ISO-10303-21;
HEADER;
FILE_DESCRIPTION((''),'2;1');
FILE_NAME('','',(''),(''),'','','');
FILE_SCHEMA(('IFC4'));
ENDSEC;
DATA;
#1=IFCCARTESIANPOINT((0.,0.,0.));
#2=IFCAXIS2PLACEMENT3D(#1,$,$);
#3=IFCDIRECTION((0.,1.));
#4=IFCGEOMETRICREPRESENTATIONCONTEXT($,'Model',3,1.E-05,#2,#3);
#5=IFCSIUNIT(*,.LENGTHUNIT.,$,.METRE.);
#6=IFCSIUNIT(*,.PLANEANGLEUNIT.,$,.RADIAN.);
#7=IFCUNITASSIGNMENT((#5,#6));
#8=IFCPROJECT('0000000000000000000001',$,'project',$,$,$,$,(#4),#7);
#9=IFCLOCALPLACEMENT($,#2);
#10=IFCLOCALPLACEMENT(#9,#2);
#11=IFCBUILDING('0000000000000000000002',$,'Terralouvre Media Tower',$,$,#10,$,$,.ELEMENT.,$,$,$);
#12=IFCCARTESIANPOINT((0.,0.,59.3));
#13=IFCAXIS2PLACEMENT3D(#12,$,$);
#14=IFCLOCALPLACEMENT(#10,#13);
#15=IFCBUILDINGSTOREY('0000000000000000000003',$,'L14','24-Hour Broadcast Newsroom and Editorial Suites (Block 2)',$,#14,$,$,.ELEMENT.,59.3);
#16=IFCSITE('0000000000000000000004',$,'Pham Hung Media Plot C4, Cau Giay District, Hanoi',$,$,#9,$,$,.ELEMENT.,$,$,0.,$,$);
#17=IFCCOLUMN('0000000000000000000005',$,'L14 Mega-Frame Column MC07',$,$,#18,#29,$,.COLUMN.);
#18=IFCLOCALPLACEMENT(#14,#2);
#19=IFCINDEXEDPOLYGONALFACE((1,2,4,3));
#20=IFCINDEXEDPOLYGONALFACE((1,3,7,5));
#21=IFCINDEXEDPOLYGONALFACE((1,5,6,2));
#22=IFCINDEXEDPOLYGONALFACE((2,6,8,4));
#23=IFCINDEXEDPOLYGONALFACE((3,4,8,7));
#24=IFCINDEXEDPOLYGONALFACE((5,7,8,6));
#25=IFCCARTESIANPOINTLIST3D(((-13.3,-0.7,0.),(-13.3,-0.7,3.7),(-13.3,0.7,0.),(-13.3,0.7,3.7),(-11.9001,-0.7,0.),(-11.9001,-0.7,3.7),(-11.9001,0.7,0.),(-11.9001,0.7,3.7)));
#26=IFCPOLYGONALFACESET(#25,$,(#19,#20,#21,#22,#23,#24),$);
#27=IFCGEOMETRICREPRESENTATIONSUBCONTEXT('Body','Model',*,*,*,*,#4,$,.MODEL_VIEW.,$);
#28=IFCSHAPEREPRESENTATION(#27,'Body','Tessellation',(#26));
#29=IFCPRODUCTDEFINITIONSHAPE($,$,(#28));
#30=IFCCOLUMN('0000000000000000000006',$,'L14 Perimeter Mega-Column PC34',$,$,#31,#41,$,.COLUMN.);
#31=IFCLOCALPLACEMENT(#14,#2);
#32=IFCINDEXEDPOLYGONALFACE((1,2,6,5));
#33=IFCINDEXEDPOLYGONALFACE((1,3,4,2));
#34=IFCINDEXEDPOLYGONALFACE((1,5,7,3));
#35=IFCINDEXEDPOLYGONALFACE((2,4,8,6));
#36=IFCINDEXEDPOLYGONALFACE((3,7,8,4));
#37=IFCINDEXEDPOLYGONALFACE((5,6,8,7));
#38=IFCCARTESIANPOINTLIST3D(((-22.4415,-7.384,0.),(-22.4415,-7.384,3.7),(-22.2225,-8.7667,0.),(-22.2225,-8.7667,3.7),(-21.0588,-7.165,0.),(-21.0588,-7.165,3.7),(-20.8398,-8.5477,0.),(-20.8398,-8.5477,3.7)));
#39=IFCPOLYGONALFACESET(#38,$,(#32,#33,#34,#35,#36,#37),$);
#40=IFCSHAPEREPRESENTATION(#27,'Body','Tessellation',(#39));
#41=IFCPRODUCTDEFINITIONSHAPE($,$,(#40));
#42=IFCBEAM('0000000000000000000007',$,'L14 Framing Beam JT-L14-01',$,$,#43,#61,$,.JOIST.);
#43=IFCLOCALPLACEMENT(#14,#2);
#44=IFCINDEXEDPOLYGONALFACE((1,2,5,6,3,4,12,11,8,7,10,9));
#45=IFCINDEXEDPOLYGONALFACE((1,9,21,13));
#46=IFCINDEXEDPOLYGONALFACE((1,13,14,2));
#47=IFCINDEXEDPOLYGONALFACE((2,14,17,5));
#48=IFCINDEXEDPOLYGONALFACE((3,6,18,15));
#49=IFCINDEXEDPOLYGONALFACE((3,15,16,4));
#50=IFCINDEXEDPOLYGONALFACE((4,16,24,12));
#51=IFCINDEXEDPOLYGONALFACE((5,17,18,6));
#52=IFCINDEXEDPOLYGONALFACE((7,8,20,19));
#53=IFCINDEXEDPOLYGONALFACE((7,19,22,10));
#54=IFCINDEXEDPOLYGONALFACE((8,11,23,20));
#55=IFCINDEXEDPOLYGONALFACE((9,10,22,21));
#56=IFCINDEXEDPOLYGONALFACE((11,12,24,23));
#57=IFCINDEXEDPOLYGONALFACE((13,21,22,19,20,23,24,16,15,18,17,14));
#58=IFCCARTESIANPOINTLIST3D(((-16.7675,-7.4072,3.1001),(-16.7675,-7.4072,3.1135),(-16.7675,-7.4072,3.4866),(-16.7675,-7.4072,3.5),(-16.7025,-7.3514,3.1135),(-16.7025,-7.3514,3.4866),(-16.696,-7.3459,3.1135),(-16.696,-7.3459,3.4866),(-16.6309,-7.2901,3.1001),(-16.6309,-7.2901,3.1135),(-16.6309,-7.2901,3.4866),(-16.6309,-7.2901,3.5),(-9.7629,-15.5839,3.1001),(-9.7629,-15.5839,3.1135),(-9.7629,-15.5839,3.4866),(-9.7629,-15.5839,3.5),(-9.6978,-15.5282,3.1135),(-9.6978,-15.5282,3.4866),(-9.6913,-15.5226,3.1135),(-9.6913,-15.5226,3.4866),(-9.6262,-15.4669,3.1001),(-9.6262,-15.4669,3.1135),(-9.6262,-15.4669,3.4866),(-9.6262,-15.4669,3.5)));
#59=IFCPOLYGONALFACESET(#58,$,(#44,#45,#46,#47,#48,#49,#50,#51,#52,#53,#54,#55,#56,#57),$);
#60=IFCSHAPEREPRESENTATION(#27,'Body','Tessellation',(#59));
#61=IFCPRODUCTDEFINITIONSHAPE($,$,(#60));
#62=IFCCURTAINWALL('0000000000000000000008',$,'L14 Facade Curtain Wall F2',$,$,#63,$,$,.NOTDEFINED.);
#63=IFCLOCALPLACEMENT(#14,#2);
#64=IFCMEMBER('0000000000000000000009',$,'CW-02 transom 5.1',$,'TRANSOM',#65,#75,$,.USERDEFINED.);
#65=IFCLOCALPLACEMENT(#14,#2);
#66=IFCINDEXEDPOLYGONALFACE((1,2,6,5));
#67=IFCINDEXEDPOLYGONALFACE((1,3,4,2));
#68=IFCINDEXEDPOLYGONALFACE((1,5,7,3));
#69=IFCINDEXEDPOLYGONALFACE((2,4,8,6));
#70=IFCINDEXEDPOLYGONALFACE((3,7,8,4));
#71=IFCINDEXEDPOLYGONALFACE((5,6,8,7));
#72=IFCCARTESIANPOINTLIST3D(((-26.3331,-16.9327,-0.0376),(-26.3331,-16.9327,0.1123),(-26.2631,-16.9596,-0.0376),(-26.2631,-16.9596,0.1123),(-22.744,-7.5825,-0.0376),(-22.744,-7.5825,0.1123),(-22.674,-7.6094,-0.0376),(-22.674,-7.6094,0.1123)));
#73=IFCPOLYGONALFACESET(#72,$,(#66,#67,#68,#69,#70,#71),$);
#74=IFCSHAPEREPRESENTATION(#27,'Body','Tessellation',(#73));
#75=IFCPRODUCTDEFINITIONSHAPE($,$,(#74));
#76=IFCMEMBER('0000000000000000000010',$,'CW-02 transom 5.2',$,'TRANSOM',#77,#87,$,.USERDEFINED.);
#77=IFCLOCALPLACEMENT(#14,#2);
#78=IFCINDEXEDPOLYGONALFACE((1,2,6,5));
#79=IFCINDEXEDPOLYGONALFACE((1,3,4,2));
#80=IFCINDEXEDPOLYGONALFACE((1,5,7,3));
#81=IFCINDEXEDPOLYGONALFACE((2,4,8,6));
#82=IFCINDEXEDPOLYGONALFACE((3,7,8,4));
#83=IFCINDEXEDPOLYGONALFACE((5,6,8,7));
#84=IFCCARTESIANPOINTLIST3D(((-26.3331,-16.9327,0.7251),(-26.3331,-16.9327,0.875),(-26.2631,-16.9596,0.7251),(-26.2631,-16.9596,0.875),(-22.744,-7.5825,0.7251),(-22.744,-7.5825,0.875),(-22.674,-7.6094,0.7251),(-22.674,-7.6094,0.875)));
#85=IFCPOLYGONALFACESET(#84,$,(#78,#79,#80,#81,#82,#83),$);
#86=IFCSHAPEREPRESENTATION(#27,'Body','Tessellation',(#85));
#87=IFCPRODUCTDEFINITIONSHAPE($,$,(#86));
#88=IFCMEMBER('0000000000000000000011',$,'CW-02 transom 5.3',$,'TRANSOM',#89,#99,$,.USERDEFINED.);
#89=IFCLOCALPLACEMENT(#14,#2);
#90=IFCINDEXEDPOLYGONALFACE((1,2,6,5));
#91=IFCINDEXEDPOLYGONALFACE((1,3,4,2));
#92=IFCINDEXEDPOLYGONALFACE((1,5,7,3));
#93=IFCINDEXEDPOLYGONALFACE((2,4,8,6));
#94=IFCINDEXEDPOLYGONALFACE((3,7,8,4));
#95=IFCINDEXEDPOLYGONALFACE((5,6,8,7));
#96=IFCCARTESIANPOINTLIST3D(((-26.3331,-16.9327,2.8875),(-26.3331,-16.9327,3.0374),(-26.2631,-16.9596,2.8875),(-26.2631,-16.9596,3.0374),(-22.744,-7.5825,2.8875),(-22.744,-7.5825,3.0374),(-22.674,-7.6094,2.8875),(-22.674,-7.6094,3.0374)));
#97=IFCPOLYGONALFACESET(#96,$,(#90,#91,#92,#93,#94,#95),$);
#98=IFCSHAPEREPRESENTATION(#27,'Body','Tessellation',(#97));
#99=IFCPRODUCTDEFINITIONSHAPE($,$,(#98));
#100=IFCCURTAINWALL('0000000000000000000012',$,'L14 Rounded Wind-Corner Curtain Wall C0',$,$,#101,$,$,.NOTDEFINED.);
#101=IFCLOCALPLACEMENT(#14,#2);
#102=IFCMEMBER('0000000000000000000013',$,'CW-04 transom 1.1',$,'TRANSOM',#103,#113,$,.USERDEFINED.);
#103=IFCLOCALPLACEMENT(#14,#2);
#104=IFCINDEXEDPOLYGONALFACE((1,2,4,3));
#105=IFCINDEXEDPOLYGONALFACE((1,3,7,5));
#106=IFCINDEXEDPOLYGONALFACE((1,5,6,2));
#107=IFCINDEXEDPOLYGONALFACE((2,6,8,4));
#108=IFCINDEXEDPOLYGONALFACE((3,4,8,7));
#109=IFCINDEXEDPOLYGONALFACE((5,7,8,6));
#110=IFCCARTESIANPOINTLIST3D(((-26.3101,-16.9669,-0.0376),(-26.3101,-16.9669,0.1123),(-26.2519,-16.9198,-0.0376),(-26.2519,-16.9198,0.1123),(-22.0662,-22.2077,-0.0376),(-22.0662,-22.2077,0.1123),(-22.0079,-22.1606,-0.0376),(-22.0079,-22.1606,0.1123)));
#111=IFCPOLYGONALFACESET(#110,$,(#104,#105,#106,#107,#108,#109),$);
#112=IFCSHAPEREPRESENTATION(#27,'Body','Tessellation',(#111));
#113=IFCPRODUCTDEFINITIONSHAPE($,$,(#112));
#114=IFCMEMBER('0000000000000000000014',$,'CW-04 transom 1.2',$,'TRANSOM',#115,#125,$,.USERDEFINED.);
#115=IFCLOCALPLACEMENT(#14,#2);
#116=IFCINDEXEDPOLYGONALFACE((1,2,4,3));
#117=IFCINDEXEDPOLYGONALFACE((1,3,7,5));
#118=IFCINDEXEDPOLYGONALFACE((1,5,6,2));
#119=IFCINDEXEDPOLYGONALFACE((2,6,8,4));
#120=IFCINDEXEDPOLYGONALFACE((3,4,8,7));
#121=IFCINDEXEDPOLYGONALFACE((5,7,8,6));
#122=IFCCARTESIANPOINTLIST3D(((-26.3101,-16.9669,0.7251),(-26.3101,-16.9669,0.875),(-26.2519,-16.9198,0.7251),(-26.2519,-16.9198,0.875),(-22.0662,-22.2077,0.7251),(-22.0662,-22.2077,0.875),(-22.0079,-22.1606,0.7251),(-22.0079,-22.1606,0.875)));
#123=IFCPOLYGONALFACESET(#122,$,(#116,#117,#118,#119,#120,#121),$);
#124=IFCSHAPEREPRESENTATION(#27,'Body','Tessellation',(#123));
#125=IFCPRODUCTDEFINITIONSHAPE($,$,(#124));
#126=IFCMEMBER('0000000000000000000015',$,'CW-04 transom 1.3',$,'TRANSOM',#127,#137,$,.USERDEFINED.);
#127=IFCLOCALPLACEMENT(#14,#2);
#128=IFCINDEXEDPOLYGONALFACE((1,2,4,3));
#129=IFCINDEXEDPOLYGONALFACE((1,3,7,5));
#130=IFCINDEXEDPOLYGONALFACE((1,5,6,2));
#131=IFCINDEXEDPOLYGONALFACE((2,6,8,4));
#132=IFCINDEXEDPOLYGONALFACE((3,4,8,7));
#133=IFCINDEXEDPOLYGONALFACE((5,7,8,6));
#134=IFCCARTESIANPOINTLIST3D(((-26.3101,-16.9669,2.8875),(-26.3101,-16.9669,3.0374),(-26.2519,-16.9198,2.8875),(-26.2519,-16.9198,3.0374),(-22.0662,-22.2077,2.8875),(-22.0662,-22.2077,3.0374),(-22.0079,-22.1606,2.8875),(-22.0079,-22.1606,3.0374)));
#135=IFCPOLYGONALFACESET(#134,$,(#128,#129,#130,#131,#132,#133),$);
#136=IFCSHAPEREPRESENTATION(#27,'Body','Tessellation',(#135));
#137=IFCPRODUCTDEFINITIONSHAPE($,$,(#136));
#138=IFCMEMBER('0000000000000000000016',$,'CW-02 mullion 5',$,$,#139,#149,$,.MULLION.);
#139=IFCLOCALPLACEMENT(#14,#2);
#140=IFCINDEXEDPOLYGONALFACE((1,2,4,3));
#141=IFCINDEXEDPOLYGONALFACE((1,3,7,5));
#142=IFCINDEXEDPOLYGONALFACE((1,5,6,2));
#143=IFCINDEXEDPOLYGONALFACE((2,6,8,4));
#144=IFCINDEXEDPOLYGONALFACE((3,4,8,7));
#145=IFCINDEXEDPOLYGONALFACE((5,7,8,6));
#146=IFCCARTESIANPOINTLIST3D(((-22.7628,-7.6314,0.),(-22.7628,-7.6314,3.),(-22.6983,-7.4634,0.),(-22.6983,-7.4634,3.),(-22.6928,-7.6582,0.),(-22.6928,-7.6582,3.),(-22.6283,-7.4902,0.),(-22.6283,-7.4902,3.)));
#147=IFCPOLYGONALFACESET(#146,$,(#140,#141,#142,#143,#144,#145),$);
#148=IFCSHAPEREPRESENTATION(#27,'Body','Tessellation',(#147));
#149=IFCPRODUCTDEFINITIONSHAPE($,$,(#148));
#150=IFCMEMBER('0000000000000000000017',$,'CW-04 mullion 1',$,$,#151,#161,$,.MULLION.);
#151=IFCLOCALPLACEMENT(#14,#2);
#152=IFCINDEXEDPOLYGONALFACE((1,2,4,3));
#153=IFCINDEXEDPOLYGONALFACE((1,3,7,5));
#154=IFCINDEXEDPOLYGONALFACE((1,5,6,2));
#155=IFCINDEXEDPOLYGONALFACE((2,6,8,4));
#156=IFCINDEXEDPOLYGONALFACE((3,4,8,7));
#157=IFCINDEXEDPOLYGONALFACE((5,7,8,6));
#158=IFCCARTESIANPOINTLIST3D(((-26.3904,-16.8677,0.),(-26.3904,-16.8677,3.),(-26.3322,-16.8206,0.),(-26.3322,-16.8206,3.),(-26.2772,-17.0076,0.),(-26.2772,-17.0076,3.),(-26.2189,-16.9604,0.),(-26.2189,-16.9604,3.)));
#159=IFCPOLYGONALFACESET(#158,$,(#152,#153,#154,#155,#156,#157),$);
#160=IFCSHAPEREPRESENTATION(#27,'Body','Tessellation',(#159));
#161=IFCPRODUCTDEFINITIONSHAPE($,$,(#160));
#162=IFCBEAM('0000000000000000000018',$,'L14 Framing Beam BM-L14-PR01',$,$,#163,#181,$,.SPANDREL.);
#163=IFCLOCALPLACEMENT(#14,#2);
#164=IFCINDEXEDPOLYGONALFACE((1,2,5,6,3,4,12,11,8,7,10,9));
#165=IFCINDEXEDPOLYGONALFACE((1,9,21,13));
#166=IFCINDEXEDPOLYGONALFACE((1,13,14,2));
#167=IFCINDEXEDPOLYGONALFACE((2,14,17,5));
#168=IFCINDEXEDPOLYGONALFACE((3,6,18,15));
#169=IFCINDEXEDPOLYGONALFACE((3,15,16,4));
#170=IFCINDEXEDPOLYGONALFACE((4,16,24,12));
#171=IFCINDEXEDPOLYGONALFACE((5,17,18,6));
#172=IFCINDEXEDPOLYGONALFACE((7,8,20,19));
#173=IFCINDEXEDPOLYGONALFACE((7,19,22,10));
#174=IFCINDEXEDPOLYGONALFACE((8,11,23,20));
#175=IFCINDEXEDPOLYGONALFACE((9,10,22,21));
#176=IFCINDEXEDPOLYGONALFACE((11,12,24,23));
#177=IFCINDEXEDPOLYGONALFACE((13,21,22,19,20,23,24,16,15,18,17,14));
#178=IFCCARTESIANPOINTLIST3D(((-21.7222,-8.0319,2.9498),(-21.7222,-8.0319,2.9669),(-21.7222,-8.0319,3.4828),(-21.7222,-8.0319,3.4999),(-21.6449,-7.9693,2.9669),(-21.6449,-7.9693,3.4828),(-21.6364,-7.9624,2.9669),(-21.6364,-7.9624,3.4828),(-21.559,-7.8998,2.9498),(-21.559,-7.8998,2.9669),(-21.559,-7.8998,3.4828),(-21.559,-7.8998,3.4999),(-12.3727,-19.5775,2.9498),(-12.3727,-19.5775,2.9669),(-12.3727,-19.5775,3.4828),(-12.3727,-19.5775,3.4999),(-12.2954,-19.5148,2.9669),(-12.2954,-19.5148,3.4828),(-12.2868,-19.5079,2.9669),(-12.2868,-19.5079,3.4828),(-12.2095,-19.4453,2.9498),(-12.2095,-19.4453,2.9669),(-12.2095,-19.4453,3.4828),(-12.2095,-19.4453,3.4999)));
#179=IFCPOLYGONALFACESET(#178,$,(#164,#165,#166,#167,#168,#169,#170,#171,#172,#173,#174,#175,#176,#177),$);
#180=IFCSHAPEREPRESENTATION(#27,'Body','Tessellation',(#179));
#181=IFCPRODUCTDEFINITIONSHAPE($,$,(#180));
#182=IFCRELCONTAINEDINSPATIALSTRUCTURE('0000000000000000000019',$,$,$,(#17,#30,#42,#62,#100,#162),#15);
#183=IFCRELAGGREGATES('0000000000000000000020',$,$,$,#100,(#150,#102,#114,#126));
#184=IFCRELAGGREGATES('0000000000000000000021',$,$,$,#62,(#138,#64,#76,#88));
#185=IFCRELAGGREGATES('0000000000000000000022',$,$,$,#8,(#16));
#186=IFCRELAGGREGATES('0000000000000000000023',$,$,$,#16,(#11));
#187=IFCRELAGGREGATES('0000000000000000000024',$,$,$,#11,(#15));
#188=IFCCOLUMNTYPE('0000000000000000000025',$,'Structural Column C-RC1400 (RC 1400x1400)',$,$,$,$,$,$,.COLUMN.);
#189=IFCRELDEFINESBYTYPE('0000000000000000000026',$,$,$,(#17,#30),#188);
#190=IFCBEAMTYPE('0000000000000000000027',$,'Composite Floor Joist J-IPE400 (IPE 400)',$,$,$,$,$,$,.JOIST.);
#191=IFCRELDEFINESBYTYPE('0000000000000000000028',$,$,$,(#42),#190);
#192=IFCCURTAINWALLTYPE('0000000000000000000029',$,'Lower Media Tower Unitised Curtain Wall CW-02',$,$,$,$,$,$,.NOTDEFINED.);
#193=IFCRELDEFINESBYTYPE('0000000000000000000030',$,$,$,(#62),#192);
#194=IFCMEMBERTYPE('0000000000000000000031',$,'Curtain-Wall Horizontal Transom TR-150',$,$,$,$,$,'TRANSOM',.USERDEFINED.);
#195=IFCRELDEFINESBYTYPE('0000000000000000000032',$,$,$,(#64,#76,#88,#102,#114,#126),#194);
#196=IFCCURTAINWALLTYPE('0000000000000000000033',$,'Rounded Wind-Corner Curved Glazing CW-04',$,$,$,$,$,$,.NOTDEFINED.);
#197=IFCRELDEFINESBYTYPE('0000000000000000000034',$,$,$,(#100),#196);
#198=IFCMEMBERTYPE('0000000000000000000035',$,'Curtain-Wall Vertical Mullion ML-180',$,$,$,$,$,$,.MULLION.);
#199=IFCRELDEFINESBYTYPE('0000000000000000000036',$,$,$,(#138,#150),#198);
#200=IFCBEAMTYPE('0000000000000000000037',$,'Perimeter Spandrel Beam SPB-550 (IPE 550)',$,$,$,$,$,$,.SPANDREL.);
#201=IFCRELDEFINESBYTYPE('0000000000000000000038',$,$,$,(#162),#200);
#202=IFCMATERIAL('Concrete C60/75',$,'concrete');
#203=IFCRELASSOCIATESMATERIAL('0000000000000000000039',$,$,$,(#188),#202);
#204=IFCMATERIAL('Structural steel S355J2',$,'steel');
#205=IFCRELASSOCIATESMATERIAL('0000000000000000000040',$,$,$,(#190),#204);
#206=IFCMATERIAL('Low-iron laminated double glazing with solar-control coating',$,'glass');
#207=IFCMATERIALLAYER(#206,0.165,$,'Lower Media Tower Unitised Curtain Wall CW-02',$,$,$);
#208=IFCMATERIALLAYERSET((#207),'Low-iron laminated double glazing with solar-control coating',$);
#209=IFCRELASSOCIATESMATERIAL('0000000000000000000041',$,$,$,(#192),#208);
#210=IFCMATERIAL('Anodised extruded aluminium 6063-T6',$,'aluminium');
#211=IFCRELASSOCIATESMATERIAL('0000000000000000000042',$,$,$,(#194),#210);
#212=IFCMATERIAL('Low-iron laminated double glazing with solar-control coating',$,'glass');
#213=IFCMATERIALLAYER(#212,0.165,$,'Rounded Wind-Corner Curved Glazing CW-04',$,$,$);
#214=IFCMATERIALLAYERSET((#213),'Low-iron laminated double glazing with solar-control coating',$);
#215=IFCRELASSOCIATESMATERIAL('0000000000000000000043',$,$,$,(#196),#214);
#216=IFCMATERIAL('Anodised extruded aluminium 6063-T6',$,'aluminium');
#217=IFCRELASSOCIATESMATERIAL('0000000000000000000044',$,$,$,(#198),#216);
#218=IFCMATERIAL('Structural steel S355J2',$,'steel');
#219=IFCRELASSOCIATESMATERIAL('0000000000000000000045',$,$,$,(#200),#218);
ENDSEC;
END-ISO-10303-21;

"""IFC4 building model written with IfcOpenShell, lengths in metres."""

from ifc_helpers import new_model, si_unit, direction, frame, origin, origin_2d, place, context, subcontext, project, spatial, rectangle, i_section, extrude, material, layer, layer_set, material_profile, profile_set, type_object, element, aggregate, save


model = new_model("IFC4")

# Units and contexts
model_context = context("Model", 3, precision=1e-05, world=origin(), true_north=direction((0.0, 1.0)))
body_context = subcontext(model_context, "Body", "Model", "MODEL_VIEW")
ifc_project = project(units=[si_unit("LENGTHUNIT", "METRE"), si_unit("PLANEANGLEUNIT", "RADIAN")], contexts=[model_context])

# Site, building, storey
site_placement = place(None, origin())
site = spatial("IfcSite", under=ifc_project, at=site_placement, Name="Pham Hung Media Plot C4, Cau Giay District, Hanoi", CompositionType="ELEMENT", RefElevation=0.0)
building_placement = place(site_placement, origin())
building = spatial("IfcBuilding", under=site, at=building_placement, Name="Terralouvre Media Tower", CompositionType="ELEMENT")
storey_placement = place(building_placement, frame((0.0, 0.0, 59.3)))
storey = spatial("IfcBuildingStorey", under=building, at=storey_placement, Name="L14", Description="24-Hour Broadcast Newsroom and Editorial Suites (Block 2)", CompositionType="ELEMENT", Elevation=59.3)

# Columns
ifc_material_1 = material(Name="Concrete C60/75", Category="concrete")
ifc_material_profile_1 = material_profile(ifc_material_1, rectangle(XDim=1.3999, YDim=1.3999, at=origin_2d()), Name="RC 1400x1400")
ifc_profile_set_1 = profile_set([ifc_material_profile_1], Name="Concrete C60/75")
column_type = type_object("IfcColumnType", Name="Structural Column C-RC1400 (RC 1400x1400)", PredefinedType="COLUMN", material=ifc_profile_set_1)
for number, where, z_axis, x_axis, name in (
    (1, (-12.6001, 0.0, 0.0), (0.0, 0.0, 1.0), (1.0, 0.0, 0.0), "L14 Mega-Frame Column MC07"),
    (2, (-21.6406, -7.9658, 0.0), (0.0, 0.0, 1.0), (0.987688, 0.156434, 0.0), "L14 Perimeter Mega-Column PC34"),
):
    element("IfcColumn", number, at=place(storey_placement, frame(where, z_axis=z_axis, x_axis=x_axis)), inside=storey, type_object=column_type, Name=name, PredefinedType="COLUMN", context=body_context, shape_type="SweptSolid", body=[
        extrude(rectangle(XDim=1.3999, YDim=1.3999, at=origin_2d()), origin(), (0.0, 0.0, 1.0), 3.7),
    ])

# Beam
ifc_material_2 = material(Name="Structural steel S355J2", Category="steel")
ifc_material_profile_2 = material_profile(ifc_material_2, i_section(OverallWidth=0.1799, OverallDepth=0.3999, WebThickness=0.0085, FlangeThickness=0.0134, at=origin_2d()), Name="IPE 400")
ifc_profile_set_2 = profile_set([ifc_material_profile_2], Name="Structural steel S355J2")
beam_type_1 = type_object("IfcBeamType", Name="Composite Floor Joist J-IPE400 (IPE 400)", PredefinedType="JOIST", material=ifc_profile_set_2)
beam_1_placement = place(storey_placement, frame((-16.6992, -7.3486, 3.3), z_axis=(0.650577, -0.759441, 0.0), x_axis=(0.759441, 0.650577, 0.0)))
element("IfcBeam", 3, at=beam_1_placement, inside=storey, type_object=beam_type_1, Name="L14 Framing Beam JT-L14-01", PredefinedType="JOIST", context=body_context, shape_type="SweptSolid", body=[
    extrude(i_section(OverallWidth=0.1799, OverallDepth=0.3999, WebThickness=0.0085, FlangeThickness=0.0134, at=origin_2d()), origin(), (0.0, 0.0, 1.0), 10.7668),
])

# Curtain walls, members
ifc_material_3 = material(Name="Low-iron laminated double glazing with solar-control coating", Category="glass")
ifc_layer_1 = layer(ifc_material_3, 0.165, Name="Lower Media Tower Unitised Curtain Wall CW-02")
ifc_layer_set_1 = layer_set([ifc_layer_1], Name="Low-iron laminated double glazing with solar-control coating")
curtain_wall_type_1 = type_object("IfcCurtainWallType", Name="Lower Media Tower Unitised Curtain Wall CW-02", PredefinedType="NOTDEFINED", material=ifc_layer_set_1)
curtain_wall_1_placement = place(storey_placement, origin())
curtain_wall_1 = element("IfcCurtainWall", 4, at=curtain_wall_1_placement, inside=storey, type_object=curtain_wall_type_1, Name="L14 Facade Curtain Wall F2", PredefinedType="NOTDEFINED")
ifc_material_4 = material(Name="Anodised extruded aluminium 6063-T6", Category="aluminium")
ifc_material_profile_3 = material_profile(ifc_material_4, rectangle(XDim=0.075, YDim=0.1499, at=origin_2d()), Name="ALU 75x150")
ifc_profile_set_3 = profile_set([ifc_material_profile_3], Name="Anodised extruded aluminium 6063-T6")
member_type_1 = type_object("IfcMemberType", Name="Curtain-Wall Horizontal Transom TR-150", ElementType="TRANSOM", PredefinedType="USERDEFINED", material=ifc_profile_set_3)
member_1_placement = place(storey_placement, frame((-22.709, -7.5959, 0.0374), z_axis=(-0.358363, -0.933582, 0.0), x_axis=(0.933582, -0.358363, 0.0)))
member_1 = element("IfcMember", 5, at=member_1_placement, type_object=member_type_1, Name="CW-02 transom 5.1", ObjectType="TRANSOM", PredefinedType="USERDEFINED", context=body_context, shape_type="SweptSolid", body=[
    extrude(rectangle(XDim=0.075, YDim=0.1499, at=origin_2d()), origin(), (0.0, 0.0, 1.0), 10.0154),
])
member_2_placement = place(storey_placement, frame((-22.709, -7.5959, 0.8), z_axis=(-0.358363, -0.933582, 0.0), x_axis=(0.933582, -0.358363, 0.0)))
member_2 = element("IfcMember", 6, at=member_2_placement, type_object=member_type_1, Name="CW-02 transom 5.2", ObjectType="TRANSOM", PredefinedType="USERDEFINED", context=body_context, shape_type="SweptSolid", body=[
    extrude(rectangle(XDim=0.075, YDim=0.1499, at=origin_2d()), origin(), (0.0, 0.0, 1.0), 10.0154),
])
member_3_placement = place(storey_placement, frame((-22.709, -7.5959, 2.9624), z_axis=(-0.358363, -0.933582, 0.0), x_axis=(0.933582, -0.358363, 0.0)))
member_3 = element("IfcMember", 7, at=member_3_placement, type_object=member_type_1, Name="CW-02 transom 5.3", ObjectType="TRANSOM", PredefinedType="USERDEFINED", context=body_context, shape_type="SweptSolid", body=[
    extrude(rectangle(XDim=0.075, YDim=0.1499, at=origin_2d()), origin(), (0.0, 0.0, 1.0), 10.0154),
])
ifc_material_5 = material(Name="Low-iron laminated double glazing with solar-control coating", Category="glass")
ifc_layer_2 = layer(ifc_material_5, 0.165, Name="Rounded Wind-Corner Curved Glazing CW-04")
ifc_layer_set_2 = layer_set([ifc_layer_2], Name="Low-iron laminated double glazing with solar-control coating")
curtain_wall_type_2 = type_object("IfcCurtainWallType", Name="Rounded Wind-Corner Curved Glazing CW-04", PredefinedType="NOTDEFINED", material=ifc_layer_set_2)
curtain_wall_2_placement = place(storey_placement, origin())
curtain_wall_2 = element("IfcCurtainWall", 8, at=curtain_wall_2_placement, inside=storey, type_object=curtain_wall_type_2, Name="L14 Rounded Wind-Corner Curtain Wall C0", PredefinedType="NOTDEFINED")
member_4_placement = place(storey_placement, frame((-26.281, -16.9434, 0.0374), z_axis=(0.629324, -0.777143, 0.0), x_axis=(0.777143, 0.629324, 0.0)))
member_4 = element("IfcMember", 9, at=member_4_placement, type_object=member_type_1, Name="CW-04 transom 1.1", ObjectType="TRANSOM", PredefinedType="USERDEFINED", context=body_context, shape_type="SweptSolid", body=[
    extrude(rectangle(XDim=0.075, YDim=0.1499, at=origin_2d()), origin(), (0.0, 0.0, 1.0), 6.7437),
])
member_5_placement = place(storey_placement, frame((-26.281, -16.9434, 0.8), z_axis=(0.629324, -0.777143, 0.0), x_axis=(0.777143, 0.629324, 0.0)))
member_5 = element("IfcMember", 10, at=member_5_placement, type_object=member_type_1, Name="CW-04 transom 1.2", ObjectType="TRANSOM", PredefinedType="USERDEFINED", context=body_context, shape_type="SweptSolid", body=[
    extrude(rectangle(XDim=0.075, YDim=0.1499, at=origin_2d()), origin(), (0.0, 0.0, 1.0), 6.7437),
])
member_6_placement = place(storey_placement, frame((-26.281, -16.9434, 2.9624), z_axis=(0.629324, -0.777143, 0.0), x_axis=(0.777143, 0.629324, 0.0)))
member_6 = element("IfcMember", 11, at=member_6_placement, type_object=member_type_1, Name="CW-04 transom 1.3", ObjectType="TRANSOM", PredefinedType="USERDEFINED", context=body_context, shape_type="SweptSolid", body=[
    extrude(rectangle(XDim=0.075, YDim=0.1499, at=origin_2d()), origin(), (0.0, 0.0, 1.0), 6.7437),
])

# Members
ifc_material_6 = material(Name="Anodised extruded aluminium 6063-T6", Category="aluminium")
ifc_material_profile_4 = material_profile(ifc_material_6, rectangle(XDim=0.075, YDim=0.1799, at=origin_2d()), Name="ALU 75x180")
ifc_profile_set_4 = profile_set([ifc_material_profile_4], Name="Anodised extruded aluminium 6063-T6")
member_type_2 = type_object("IfcMemberType", Name="Curtain-Wall Vertical Mullion ML-180", PredefinedType="MULLION", material=ifc_profile_set_4)
member_7_placement = place(storey_placement, frame((-22.6956, -7.5608, 0.0), z_axis=(0.0, 0.0, 1.0), x_axis=(0.93358, -0.358368, 0.0)))
member_7 = element("IfcMember", 12, at=member_7_placement, type_object=member_type_2, Name="CW-02 mullion 5", PredefinedType="MULLION", context=body_context, shape_type="SweptSolid", body=[
    extrude(rectangle(XDim=0.075, YDim=0.1799, at=origin_2d()), origin(), (0.0, 0.0, 1.0), 3.0),
])
member_8_placement = place(storey_placement, frame((-26.3047, -16.9141, 0.0), z_axis=(0.0, 0.0, 1.0), x_axis=(0.777146, 0.62932, 0.0)))
member_8 = element("IfcMember", 13, at=member_8_placement, type_object=member_type_2, Name="CW-04 mullion 1", PredefinedType="MULLION", context=body_context, shape_type="SweptSolid", body=[
    extrude(rectangle(XDim=0.075, YDim=0.1799, at=origin_2d()), origin(), (0.0, 0.0, 1.0), 3.0),
])
aggregate(curtain_wall_2, [member_8, member_4, member_5, member_6])

# Beam
ifc_material_7 = material(Name="Structural steel S355J2", Category="steel")
ifc_material_profile_5 = material_profile(ifc_material_7, i_section(OverallWidth=0.21, OverallDepth=0.55, WebThickness=0.011, FlangeThickness=0.0171, at=origin_2d()), Name="IPE 550")
ifc_profile_set_5 = profile_set([ifc_material_profile_5], Name="Structural steel S355J2")
beam_type_2 = type_object("IfcBeamType", Name="Perimeter Spandrel Beam SPB-550 (IPE 550)", PredefinedType="SPANDREL", material=ifc_profile_set_5)
beam_2_placement = place(storey_placement, frame((-21.6406, -7.9658, 3.2249), z_axis=(0.629325, -0.777142, 0.0), x_axis=(0.777142, 0.629325, 0.0)))
element("IfcBeam", 14, at=beam_2_placement, inside=storey, type_object=beam_type_2, Name="L14 Framing Beam BM-L14-PR01", PredefinedType="SPANDREL", context=body_context, shape_type="SweptSolid", body=[
    extrude(i_section(OverallWidth=0.21, OverallDepth=0.55, WebThickness=0.011, FlangeThickness=0.0171, at=origin_2d()), origin(), (0.0, 0.0, 1.0), 14.8564),
])

aggregate(curtain_wall_1, [member_7, member_1, member_2, member_3])

save(model, "model.ifc")
